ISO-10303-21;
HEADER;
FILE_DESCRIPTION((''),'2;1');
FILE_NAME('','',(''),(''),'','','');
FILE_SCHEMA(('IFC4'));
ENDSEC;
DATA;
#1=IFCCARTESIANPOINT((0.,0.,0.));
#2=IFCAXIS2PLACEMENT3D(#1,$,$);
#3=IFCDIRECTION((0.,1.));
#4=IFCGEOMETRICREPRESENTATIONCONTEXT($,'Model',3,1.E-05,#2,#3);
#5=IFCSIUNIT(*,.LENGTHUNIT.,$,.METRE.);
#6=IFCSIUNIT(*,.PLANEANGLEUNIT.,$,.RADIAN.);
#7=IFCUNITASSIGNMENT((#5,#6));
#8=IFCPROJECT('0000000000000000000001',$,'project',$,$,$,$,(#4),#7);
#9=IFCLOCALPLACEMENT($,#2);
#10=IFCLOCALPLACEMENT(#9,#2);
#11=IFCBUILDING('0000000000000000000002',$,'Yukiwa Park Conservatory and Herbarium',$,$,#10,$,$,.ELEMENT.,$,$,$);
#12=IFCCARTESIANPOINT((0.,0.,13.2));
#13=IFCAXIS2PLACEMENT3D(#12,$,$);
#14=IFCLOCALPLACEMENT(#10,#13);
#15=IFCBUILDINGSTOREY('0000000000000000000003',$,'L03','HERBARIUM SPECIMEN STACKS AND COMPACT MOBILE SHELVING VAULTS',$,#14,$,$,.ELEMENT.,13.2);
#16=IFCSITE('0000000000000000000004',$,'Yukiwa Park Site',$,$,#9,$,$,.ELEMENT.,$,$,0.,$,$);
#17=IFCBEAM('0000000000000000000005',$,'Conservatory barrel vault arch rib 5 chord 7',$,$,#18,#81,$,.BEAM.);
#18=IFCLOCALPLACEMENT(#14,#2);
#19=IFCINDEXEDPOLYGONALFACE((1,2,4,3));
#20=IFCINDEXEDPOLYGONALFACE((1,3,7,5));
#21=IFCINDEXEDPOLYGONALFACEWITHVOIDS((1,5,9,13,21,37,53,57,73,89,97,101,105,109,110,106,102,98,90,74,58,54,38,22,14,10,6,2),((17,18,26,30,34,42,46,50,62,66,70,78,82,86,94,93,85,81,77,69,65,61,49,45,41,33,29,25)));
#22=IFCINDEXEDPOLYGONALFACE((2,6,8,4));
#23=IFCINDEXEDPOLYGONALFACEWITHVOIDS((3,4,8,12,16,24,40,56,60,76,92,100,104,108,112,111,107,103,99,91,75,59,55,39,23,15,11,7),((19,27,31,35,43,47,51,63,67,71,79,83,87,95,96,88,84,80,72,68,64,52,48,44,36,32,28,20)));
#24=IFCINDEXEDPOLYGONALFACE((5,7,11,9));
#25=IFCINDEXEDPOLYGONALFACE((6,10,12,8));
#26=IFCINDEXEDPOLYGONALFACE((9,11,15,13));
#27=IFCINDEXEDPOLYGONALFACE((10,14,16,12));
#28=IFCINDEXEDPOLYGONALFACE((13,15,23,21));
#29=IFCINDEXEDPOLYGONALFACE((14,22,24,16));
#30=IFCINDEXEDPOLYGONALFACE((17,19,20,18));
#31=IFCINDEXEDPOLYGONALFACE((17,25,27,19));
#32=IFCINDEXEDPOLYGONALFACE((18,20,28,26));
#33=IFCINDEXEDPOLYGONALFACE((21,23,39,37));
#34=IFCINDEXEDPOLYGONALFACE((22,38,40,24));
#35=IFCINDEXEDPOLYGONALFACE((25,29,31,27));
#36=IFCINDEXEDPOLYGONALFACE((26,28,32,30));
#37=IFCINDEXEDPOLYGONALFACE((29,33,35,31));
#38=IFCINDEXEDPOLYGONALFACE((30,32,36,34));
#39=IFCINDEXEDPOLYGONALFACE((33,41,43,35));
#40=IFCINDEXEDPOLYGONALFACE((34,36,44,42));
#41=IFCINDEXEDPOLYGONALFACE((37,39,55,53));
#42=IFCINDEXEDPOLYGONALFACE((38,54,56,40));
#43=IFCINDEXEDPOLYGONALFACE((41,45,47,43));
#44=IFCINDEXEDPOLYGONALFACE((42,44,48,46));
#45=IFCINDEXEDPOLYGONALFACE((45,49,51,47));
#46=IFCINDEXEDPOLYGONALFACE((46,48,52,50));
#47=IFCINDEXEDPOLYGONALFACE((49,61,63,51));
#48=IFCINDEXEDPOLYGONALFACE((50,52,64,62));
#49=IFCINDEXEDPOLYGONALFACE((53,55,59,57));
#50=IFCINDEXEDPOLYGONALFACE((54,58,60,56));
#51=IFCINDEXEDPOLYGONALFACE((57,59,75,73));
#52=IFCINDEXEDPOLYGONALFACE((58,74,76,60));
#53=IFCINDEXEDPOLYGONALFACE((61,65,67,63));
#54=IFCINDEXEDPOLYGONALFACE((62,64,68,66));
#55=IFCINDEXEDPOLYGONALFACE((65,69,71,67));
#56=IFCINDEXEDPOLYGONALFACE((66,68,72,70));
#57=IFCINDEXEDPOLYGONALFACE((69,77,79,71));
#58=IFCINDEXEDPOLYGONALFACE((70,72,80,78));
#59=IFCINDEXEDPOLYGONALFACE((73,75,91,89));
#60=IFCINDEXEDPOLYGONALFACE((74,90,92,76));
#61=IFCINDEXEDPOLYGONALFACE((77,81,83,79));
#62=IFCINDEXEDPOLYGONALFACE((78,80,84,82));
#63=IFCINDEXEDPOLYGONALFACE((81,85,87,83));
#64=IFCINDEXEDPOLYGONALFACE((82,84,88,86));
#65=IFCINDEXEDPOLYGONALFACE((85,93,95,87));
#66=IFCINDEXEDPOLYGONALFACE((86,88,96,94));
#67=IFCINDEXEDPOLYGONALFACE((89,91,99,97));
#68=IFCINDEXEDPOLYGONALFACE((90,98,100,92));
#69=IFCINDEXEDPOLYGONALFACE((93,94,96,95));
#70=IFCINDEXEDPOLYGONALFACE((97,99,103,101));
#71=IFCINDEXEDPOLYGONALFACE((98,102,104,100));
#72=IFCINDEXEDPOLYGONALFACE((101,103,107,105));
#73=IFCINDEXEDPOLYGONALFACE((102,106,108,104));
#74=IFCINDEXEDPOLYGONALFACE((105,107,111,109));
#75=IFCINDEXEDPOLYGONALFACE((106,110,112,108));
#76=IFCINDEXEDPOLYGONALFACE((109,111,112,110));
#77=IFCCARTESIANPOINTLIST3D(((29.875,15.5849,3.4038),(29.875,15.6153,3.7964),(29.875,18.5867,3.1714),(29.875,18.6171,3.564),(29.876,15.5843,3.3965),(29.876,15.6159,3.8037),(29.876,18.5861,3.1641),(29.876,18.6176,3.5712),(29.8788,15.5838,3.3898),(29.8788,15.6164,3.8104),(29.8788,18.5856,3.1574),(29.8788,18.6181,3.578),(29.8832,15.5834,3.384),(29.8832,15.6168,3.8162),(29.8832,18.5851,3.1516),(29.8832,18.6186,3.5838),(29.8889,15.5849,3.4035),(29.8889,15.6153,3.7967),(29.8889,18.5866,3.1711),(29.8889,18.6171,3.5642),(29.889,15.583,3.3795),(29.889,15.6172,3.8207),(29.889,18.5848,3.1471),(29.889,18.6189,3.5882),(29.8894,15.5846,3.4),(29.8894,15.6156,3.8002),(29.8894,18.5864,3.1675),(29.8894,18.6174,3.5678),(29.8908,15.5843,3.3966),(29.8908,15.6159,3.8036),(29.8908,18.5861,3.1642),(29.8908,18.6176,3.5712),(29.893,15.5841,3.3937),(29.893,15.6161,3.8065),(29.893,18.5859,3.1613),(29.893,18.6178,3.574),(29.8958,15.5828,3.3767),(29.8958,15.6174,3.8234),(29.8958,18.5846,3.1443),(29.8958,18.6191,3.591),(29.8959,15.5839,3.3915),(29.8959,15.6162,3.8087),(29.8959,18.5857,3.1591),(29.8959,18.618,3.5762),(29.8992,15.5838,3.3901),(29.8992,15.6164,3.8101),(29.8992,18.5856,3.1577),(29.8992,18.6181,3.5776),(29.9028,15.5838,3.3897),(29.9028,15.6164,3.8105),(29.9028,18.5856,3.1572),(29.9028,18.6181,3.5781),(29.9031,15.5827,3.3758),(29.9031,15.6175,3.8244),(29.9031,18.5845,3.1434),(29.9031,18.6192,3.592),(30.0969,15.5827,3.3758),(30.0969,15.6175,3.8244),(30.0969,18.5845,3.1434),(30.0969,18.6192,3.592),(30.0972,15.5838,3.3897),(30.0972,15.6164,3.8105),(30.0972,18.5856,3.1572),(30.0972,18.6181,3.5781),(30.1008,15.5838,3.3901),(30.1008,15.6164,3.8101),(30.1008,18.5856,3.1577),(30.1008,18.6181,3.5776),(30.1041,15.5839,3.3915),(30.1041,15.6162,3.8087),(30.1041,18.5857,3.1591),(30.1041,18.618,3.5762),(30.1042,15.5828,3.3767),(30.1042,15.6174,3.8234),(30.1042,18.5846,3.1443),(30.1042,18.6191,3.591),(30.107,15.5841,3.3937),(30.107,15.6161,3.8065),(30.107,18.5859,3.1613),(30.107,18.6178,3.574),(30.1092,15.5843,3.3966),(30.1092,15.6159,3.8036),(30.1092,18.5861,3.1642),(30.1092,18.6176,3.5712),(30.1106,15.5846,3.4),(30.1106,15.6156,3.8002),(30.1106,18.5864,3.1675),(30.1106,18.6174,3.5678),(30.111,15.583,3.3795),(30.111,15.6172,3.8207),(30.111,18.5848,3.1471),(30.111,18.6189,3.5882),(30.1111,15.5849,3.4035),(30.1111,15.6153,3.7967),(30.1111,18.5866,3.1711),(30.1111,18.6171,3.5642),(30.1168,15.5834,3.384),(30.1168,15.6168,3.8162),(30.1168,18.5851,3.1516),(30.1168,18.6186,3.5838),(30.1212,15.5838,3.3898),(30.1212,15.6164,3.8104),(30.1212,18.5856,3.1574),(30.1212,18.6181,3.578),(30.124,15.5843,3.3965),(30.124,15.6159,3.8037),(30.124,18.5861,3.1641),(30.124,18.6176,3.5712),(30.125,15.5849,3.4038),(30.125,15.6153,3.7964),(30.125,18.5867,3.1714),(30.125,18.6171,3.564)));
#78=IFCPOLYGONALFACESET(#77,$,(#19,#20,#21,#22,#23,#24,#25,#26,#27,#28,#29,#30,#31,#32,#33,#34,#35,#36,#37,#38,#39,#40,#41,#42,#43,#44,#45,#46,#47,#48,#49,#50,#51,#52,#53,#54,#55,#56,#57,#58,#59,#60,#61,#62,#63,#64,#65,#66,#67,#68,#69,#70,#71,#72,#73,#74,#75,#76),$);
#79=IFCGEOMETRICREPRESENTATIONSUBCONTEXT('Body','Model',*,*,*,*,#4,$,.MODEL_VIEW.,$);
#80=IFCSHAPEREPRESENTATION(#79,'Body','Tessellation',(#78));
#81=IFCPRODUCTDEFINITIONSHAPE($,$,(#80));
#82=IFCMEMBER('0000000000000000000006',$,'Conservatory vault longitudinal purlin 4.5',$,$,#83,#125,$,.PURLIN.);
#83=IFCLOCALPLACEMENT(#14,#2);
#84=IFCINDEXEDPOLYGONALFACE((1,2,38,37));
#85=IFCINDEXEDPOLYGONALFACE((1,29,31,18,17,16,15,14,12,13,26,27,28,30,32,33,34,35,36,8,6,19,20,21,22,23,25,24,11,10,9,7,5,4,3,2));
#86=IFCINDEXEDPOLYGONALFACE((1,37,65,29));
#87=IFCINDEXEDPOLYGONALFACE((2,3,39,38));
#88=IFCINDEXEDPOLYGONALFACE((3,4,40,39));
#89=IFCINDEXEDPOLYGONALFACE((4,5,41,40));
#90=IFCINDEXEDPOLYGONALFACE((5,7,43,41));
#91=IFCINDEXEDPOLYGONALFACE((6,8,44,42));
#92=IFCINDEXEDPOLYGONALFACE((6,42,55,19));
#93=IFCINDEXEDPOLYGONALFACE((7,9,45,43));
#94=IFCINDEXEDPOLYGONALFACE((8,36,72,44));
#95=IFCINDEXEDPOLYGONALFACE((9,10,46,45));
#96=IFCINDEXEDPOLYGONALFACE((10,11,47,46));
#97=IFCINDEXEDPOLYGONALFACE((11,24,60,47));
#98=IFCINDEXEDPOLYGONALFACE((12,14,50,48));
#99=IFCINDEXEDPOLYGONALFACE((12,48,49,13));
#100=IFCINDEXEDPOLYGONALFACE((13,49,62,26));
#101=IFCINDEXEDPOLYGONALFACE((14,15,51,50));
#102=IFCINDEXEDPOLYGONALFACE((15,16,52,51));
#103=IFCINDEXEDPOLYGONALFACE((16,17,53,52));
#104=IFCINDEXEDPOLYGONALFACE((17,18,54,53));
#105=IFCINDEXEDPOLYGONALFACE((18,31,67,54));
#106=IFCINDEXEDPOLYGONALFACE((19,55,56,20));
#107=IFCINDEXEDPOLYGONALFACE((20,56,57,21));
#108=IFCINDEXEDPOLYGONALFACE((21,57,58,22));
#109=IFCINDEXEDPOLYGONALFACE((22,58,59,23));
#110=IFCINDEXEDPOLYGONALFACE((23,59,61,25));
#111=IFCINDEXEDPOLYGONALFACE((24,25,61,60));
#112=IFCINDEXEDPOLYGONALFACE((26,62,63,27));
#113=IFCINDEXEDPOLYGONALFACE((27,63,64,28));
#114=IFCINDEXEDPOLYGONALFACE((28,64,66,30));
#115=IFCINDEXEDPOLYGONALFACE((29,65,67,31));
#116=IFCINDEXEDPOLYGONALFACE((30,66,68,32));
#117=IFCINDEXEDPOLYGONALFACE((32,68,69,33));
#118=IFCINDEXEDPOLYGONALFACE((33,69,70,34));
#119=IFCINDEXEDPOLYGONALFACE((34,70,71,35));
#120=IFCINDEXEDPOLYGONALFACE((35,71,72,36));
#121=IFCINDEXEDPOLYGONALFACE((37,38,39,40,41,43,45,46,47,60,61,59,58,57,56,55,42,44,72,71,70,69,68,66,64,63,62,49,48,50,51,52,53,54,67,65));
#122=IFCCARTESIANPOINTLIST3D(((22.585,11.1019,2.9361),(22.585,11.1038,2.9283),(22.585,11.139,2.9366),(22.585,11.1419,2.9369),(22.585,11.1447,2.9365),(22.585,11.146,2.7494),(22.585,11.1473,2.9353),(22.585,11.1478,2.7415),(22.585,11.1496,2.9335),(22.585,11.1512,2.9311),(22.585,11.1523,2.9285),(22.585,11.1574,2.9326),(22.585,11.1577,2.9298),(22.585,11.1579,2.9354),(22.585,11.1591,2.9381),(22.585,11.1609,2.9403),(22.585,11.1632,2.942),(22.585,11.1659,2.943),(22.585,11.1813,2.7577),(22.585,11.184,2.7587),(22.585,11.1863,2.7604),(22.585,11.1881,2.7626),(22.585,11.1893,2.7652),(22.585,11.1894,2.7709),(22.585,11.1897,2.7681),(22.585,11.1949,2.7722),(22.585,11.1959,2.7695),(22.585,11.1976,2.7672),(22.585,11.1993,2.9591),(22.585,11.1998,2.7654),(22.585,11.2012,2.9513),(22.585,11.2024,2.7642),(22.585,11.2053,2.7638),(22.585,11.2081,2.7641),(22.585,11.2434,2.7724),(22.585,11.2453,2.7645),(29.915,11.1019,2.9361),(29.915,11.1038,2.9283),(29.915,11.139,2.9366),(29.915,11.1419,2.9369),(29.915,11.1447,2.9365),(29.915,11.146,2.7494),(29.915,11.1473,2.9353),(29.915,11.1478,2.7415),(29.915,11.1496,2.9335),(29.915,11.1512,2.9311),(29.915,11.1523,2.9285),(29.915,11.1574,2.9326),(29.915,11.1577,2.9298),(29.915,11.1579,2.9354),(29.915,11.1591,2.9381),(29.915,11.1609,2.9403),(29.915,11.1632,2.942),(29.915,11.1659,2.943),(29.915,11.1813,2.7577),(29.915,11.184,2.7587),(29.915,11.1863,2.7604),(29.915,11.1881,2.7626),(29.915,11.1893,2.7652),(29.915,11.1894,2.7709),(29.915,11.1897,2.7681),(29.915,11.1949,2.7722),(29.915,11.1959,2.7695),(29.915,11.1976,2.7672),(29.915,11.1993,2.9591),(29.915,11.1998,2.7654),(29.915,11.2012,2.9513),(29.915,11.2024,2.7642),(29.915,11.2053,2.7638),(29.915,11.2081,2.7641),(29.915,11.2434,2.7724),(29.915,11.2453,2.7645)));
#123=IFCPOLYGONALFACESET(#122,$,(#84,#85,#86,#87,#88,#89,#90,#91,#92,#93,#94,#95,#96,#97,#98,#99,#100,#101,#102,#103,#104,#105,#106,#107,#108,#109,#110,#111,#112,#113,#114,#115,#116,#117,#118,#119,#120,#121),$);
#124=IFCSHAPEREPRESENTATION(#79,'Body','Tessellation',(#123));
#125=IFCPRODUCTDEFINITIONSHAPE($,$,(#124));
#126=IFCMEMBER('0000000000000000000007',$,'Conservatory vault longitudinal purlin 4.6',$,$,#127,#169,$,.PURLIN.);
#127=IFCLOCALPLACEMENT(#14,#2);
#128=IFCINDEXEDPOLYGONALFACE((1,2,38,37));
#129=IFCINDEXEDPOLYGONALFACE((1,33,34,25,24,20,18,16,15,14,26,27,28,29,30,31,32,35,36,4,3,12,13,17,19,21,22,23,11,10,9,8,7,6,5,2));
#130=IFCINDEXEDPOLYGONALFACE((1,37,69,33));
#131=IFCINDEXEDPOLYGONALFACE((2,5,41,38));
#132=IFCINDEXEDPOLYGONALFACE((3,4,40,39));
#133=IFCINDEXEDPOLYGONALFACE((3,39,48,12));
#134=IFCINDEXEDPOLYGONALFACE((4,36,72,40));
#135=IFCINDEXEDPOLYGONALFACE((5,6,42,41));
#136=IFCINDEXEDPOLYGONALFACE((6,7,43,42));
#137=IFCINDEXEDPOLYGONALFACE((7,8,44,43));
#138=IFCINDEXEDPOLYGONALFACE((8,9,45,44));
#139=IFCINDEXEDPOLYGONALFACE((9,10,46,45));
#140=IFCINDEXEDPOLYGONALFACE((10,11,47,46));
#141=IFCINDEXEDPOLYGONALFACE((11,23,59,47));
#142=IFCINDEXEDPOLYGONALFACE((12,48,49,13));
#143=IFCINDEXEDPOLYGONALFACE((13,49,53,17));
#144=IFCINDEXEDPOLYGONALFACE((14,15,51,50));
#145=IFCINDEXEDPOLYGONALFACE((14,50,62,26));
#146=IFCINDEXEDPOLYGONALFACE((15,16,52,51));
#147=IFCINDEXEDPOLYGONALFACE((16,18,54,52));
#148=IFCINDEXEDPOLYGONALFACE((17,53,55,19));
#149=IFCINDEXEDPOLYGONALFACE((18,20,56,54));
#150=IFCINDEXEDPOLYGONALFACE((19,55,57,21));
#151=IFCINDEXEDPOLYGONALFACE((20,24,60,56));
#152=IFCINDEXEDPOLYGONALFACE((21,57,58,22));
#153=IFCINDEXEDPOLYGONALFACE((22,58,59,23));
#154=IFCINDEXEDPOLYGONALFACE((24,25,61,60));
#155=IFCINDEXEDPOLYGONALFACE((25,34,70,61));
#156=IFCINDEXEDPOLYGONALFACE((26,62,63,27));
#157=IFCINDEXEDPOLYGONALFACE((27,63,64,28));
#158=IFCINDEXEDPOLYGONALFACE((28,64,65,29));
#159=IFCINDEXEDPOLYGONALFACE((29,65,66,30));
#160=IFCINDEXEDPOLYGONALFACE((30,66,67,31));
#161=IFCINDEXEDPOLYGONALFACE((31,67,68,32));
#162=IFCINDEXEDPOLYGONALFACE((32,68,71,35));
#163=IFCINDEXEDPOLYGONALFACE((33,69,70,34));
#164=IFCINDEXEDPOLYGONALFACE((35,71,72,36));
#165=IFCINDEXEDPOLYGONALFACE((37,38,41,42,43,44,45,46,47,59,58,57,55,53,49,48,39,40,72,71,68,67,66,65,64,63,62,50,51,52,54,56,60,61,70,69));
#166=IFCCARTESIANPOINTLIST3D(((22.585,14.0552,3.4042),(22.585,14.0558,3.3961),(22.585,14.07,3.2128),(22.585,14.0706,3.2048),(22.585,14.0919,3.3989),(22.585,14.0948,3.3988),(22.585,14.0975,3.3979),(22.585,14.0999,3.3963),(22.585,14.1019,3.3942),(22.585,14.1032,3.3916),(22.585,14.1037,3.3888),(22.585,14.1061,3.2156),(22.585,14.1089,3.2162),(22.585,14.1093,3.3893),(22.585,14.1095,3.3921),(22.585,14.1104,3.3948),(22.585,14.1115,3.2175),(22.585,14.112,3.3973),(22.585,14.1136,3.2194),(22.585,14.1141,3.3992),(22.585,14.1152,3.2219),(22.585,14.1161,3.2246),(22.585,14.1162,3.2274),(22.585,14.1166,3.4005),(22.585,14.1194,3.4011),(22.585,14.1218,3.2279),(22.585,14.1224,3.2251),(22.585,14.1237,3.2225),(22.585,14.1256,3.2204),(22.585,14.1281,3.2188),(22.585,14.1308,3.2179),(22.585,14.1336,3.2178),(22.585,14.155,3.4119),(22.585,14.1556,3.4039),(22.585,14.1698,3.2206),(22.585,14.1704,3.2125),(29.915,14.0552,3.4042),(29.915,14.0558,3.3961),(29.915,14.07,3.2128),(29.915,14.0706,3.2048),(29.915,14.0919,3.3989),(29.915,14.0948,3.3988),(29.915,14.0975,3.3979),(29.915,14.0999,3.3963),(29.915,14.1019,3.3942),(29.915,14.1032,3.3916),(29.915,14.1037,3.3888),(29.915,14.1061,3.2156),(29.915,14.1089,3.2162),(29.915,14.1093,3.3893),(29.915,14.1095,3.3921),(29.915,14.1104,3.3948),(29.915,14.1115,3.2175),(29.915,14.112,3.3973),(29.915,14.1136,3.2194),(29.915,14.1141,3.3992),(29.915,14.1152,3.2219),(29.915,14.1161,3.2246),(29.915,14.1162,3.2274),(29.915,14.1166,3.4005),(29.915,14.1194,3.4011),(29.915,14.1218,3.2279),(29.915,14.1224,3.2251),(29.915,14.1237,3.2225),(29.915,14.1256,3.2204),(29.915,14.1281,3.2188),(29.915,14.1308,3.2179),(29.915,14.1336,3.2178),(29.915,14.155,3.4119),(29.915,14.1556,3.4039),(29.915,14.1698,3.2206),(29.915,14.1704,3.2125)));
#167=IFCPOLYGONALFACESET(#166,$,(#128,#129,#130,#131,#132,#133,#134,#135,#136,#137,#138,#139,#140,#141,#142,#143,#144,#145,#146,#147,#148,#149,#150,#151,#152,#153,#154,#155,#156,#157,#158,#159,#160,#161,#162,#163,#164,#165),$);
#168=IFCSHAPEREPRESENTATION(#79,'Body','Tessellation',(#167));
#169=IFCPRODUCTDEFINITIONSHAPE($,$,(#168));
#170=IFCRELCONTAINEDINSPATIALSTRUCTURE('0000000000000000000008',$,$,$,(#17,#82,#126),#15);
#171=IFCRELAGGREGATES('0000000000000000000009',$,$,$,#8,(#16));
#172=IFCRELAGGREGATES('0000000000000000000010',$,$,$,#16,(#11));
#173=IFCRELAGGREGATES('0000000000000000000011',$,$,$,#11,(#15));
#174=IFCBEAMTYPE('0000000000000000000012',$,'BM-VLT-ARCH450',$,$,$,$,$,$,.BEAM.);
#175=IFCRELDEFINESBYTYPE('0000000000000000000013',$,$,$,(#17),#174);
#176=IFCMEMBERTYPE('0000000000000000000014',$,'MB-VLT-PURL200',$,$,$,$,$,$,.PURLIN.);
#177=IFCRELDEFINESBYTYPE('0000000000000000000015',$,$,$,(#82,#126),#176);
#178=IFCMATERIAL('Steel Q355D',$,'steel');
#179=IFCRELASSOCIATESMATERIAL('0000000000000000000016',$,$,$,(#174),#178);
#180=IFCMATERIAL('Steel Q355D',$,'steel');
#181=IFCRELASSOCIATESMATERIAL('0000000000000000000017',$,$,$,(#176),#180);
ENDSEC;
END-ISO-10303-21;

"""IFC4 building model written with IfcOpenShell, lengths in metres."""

from ifc_helpers import new_model, si_unit, direction, frame, origin, origin_2d, place, context, subcontext, project, spatial, hollow_rectangle, i_section, extrude, material, material_profile, profile_set, type_object, element, save


model = new_model("IFC4")

# Units and contexts
model_context = context("Model", 3, precision=1e-05, world=origin(), true_north=direction((0.0, 1.0)))
body_context = subcontext(model_context, "Body", "Model", "MODEL_VIEW")
ifc_project = project(units=[si_unit("LENGTHUNIT", "METRE"), si_unit("PLANEANGLEUNIT", "RADIAN")], contexts=[model_context])

# Site, building, storey
site_placement = place(None, origin())
site = spatial("IfcSite", under=ifc_project, at=site_placement, Name="Yukiwa Park Site", CompositionType="ELEMENT", RefElevation=0.0)
building_placement = place(site_placement, origin())
building = spatial("IfcBuilding", under=site, at=building_placement, Name="Yukiwa Park Conservatory and Herbarium", CompositionType="ELEMENT")
storey_placement = place(building_placement, frame((0.0, 0.0, 13.2)))
storey = spatial("IfcBuildingStorey", under=building, at=storey_placement, Name="L03", Description="HERBARIUM SPECIMEN STACKS AND COMPACT MOBILE SHELVING VAULTS", CompositionType="ELEMENT", Elevation=13.2)

# Beam
ifc_material_1 = material(Name="Steel Q355D", Category="steel")
ifc_material_profile_1 = material_profile(ifc_material_1, hollow_rectangle(XDim=0.25, YDim=0.45, WallThickness=0.0139, InnerFilletRadius=0.0139, OuterFilletRadius=0.0281, at=origin_2d()), Name="RHS 450x250x14")
ifc_profile_set_1 = profile_set([ifc_material_profile_1], Name="Steel Q355D")
beam_type = type_object("IfcBeamType", Name="BM-VLT-ARCH450", PredefinedType="BEAM", material=ifc_profile_set_1)
for number, where, z_axis, x_axis, name in (
    (1, (30.0, 15.6001, 3.6001), (0.0, 0.997016, -0.077199), (-1.0, 0.0, 0.0), "Conservatory barrel vault arch rib 5 chord 7"),
):
    element("IfcBeam", number, at=place(storey_placement, frame(where, z_axis=z_axis, x_axis=x_axis)), inside=storey, type_object=beam_type, Name=name, PredefinedType="BEAM", context=body_context, shape_type="SweptSolid", body=[
        extrude(hollow_rectangle(XDim=0.25, YDim=0.45, WallThickness=0.0139, InnerFilletRadius=0.0139, OuterFilletRadius=0.0281, at=origin_2d()), origin(), (0.0, 0.0, 1.0), 3.0107),
    ])

# Members
ifc_material_2 = material(Name="Steel Q355D", Category="steel")
ifc_material_profile_2 = material_profile(ifc_material_2, i_section(OverallWidth=0.1001, OverallDepth=0.2, WebThickness=0.0056, FlangeThickness=0.0081, FilletRadius=0.011, at=origin_2d()), Name="HN 200x100x5.5x8")
ifc_profile_set_2 = profile_set([ifc_material_profile_2], Name="Steel Q355D")
member_type_1 = type_object("IfcMemberType", Name="MB-VLT-PURL200", PredefinedType="PURLIN", material=ifc_profile_set_2)
for number, where, z_axis, x_axis, name in (
    (2, (22.585, 11.1736, 2.8503), (1.0, 0.0, 0.0), (0.0, 0.973249, 0.229752), "Conservatory vault longitudinal purlin 4.5"),
    (3, (22.585, 14.1128, 3.3083), (1.0, 0.0, 0.0), (0.0, 0.997016, 0.077198), "Conservatory vault longitudinal purlin 4.6"),
):
    element("IfcMember", number, at=place(storey_placement, frame(where, z_axis=z_axis, x_axis=x_axis)), inside=storey, type_object=member_type_1, Name=name, PredefinedType="PURLIN", context=body_context, shape_type="SweptSolid", body=[
        extrude(i_section(OverallWidth=0.1001, OverallDepth=0.2, WebThickness=0.0056, FlangeThickness=0.0081, FilletRadius=0.011, at=origin_2d()), origin(), (0.0, 0.0, 1.0), 7.3301),
    ])

save(model, "model.ifc")
